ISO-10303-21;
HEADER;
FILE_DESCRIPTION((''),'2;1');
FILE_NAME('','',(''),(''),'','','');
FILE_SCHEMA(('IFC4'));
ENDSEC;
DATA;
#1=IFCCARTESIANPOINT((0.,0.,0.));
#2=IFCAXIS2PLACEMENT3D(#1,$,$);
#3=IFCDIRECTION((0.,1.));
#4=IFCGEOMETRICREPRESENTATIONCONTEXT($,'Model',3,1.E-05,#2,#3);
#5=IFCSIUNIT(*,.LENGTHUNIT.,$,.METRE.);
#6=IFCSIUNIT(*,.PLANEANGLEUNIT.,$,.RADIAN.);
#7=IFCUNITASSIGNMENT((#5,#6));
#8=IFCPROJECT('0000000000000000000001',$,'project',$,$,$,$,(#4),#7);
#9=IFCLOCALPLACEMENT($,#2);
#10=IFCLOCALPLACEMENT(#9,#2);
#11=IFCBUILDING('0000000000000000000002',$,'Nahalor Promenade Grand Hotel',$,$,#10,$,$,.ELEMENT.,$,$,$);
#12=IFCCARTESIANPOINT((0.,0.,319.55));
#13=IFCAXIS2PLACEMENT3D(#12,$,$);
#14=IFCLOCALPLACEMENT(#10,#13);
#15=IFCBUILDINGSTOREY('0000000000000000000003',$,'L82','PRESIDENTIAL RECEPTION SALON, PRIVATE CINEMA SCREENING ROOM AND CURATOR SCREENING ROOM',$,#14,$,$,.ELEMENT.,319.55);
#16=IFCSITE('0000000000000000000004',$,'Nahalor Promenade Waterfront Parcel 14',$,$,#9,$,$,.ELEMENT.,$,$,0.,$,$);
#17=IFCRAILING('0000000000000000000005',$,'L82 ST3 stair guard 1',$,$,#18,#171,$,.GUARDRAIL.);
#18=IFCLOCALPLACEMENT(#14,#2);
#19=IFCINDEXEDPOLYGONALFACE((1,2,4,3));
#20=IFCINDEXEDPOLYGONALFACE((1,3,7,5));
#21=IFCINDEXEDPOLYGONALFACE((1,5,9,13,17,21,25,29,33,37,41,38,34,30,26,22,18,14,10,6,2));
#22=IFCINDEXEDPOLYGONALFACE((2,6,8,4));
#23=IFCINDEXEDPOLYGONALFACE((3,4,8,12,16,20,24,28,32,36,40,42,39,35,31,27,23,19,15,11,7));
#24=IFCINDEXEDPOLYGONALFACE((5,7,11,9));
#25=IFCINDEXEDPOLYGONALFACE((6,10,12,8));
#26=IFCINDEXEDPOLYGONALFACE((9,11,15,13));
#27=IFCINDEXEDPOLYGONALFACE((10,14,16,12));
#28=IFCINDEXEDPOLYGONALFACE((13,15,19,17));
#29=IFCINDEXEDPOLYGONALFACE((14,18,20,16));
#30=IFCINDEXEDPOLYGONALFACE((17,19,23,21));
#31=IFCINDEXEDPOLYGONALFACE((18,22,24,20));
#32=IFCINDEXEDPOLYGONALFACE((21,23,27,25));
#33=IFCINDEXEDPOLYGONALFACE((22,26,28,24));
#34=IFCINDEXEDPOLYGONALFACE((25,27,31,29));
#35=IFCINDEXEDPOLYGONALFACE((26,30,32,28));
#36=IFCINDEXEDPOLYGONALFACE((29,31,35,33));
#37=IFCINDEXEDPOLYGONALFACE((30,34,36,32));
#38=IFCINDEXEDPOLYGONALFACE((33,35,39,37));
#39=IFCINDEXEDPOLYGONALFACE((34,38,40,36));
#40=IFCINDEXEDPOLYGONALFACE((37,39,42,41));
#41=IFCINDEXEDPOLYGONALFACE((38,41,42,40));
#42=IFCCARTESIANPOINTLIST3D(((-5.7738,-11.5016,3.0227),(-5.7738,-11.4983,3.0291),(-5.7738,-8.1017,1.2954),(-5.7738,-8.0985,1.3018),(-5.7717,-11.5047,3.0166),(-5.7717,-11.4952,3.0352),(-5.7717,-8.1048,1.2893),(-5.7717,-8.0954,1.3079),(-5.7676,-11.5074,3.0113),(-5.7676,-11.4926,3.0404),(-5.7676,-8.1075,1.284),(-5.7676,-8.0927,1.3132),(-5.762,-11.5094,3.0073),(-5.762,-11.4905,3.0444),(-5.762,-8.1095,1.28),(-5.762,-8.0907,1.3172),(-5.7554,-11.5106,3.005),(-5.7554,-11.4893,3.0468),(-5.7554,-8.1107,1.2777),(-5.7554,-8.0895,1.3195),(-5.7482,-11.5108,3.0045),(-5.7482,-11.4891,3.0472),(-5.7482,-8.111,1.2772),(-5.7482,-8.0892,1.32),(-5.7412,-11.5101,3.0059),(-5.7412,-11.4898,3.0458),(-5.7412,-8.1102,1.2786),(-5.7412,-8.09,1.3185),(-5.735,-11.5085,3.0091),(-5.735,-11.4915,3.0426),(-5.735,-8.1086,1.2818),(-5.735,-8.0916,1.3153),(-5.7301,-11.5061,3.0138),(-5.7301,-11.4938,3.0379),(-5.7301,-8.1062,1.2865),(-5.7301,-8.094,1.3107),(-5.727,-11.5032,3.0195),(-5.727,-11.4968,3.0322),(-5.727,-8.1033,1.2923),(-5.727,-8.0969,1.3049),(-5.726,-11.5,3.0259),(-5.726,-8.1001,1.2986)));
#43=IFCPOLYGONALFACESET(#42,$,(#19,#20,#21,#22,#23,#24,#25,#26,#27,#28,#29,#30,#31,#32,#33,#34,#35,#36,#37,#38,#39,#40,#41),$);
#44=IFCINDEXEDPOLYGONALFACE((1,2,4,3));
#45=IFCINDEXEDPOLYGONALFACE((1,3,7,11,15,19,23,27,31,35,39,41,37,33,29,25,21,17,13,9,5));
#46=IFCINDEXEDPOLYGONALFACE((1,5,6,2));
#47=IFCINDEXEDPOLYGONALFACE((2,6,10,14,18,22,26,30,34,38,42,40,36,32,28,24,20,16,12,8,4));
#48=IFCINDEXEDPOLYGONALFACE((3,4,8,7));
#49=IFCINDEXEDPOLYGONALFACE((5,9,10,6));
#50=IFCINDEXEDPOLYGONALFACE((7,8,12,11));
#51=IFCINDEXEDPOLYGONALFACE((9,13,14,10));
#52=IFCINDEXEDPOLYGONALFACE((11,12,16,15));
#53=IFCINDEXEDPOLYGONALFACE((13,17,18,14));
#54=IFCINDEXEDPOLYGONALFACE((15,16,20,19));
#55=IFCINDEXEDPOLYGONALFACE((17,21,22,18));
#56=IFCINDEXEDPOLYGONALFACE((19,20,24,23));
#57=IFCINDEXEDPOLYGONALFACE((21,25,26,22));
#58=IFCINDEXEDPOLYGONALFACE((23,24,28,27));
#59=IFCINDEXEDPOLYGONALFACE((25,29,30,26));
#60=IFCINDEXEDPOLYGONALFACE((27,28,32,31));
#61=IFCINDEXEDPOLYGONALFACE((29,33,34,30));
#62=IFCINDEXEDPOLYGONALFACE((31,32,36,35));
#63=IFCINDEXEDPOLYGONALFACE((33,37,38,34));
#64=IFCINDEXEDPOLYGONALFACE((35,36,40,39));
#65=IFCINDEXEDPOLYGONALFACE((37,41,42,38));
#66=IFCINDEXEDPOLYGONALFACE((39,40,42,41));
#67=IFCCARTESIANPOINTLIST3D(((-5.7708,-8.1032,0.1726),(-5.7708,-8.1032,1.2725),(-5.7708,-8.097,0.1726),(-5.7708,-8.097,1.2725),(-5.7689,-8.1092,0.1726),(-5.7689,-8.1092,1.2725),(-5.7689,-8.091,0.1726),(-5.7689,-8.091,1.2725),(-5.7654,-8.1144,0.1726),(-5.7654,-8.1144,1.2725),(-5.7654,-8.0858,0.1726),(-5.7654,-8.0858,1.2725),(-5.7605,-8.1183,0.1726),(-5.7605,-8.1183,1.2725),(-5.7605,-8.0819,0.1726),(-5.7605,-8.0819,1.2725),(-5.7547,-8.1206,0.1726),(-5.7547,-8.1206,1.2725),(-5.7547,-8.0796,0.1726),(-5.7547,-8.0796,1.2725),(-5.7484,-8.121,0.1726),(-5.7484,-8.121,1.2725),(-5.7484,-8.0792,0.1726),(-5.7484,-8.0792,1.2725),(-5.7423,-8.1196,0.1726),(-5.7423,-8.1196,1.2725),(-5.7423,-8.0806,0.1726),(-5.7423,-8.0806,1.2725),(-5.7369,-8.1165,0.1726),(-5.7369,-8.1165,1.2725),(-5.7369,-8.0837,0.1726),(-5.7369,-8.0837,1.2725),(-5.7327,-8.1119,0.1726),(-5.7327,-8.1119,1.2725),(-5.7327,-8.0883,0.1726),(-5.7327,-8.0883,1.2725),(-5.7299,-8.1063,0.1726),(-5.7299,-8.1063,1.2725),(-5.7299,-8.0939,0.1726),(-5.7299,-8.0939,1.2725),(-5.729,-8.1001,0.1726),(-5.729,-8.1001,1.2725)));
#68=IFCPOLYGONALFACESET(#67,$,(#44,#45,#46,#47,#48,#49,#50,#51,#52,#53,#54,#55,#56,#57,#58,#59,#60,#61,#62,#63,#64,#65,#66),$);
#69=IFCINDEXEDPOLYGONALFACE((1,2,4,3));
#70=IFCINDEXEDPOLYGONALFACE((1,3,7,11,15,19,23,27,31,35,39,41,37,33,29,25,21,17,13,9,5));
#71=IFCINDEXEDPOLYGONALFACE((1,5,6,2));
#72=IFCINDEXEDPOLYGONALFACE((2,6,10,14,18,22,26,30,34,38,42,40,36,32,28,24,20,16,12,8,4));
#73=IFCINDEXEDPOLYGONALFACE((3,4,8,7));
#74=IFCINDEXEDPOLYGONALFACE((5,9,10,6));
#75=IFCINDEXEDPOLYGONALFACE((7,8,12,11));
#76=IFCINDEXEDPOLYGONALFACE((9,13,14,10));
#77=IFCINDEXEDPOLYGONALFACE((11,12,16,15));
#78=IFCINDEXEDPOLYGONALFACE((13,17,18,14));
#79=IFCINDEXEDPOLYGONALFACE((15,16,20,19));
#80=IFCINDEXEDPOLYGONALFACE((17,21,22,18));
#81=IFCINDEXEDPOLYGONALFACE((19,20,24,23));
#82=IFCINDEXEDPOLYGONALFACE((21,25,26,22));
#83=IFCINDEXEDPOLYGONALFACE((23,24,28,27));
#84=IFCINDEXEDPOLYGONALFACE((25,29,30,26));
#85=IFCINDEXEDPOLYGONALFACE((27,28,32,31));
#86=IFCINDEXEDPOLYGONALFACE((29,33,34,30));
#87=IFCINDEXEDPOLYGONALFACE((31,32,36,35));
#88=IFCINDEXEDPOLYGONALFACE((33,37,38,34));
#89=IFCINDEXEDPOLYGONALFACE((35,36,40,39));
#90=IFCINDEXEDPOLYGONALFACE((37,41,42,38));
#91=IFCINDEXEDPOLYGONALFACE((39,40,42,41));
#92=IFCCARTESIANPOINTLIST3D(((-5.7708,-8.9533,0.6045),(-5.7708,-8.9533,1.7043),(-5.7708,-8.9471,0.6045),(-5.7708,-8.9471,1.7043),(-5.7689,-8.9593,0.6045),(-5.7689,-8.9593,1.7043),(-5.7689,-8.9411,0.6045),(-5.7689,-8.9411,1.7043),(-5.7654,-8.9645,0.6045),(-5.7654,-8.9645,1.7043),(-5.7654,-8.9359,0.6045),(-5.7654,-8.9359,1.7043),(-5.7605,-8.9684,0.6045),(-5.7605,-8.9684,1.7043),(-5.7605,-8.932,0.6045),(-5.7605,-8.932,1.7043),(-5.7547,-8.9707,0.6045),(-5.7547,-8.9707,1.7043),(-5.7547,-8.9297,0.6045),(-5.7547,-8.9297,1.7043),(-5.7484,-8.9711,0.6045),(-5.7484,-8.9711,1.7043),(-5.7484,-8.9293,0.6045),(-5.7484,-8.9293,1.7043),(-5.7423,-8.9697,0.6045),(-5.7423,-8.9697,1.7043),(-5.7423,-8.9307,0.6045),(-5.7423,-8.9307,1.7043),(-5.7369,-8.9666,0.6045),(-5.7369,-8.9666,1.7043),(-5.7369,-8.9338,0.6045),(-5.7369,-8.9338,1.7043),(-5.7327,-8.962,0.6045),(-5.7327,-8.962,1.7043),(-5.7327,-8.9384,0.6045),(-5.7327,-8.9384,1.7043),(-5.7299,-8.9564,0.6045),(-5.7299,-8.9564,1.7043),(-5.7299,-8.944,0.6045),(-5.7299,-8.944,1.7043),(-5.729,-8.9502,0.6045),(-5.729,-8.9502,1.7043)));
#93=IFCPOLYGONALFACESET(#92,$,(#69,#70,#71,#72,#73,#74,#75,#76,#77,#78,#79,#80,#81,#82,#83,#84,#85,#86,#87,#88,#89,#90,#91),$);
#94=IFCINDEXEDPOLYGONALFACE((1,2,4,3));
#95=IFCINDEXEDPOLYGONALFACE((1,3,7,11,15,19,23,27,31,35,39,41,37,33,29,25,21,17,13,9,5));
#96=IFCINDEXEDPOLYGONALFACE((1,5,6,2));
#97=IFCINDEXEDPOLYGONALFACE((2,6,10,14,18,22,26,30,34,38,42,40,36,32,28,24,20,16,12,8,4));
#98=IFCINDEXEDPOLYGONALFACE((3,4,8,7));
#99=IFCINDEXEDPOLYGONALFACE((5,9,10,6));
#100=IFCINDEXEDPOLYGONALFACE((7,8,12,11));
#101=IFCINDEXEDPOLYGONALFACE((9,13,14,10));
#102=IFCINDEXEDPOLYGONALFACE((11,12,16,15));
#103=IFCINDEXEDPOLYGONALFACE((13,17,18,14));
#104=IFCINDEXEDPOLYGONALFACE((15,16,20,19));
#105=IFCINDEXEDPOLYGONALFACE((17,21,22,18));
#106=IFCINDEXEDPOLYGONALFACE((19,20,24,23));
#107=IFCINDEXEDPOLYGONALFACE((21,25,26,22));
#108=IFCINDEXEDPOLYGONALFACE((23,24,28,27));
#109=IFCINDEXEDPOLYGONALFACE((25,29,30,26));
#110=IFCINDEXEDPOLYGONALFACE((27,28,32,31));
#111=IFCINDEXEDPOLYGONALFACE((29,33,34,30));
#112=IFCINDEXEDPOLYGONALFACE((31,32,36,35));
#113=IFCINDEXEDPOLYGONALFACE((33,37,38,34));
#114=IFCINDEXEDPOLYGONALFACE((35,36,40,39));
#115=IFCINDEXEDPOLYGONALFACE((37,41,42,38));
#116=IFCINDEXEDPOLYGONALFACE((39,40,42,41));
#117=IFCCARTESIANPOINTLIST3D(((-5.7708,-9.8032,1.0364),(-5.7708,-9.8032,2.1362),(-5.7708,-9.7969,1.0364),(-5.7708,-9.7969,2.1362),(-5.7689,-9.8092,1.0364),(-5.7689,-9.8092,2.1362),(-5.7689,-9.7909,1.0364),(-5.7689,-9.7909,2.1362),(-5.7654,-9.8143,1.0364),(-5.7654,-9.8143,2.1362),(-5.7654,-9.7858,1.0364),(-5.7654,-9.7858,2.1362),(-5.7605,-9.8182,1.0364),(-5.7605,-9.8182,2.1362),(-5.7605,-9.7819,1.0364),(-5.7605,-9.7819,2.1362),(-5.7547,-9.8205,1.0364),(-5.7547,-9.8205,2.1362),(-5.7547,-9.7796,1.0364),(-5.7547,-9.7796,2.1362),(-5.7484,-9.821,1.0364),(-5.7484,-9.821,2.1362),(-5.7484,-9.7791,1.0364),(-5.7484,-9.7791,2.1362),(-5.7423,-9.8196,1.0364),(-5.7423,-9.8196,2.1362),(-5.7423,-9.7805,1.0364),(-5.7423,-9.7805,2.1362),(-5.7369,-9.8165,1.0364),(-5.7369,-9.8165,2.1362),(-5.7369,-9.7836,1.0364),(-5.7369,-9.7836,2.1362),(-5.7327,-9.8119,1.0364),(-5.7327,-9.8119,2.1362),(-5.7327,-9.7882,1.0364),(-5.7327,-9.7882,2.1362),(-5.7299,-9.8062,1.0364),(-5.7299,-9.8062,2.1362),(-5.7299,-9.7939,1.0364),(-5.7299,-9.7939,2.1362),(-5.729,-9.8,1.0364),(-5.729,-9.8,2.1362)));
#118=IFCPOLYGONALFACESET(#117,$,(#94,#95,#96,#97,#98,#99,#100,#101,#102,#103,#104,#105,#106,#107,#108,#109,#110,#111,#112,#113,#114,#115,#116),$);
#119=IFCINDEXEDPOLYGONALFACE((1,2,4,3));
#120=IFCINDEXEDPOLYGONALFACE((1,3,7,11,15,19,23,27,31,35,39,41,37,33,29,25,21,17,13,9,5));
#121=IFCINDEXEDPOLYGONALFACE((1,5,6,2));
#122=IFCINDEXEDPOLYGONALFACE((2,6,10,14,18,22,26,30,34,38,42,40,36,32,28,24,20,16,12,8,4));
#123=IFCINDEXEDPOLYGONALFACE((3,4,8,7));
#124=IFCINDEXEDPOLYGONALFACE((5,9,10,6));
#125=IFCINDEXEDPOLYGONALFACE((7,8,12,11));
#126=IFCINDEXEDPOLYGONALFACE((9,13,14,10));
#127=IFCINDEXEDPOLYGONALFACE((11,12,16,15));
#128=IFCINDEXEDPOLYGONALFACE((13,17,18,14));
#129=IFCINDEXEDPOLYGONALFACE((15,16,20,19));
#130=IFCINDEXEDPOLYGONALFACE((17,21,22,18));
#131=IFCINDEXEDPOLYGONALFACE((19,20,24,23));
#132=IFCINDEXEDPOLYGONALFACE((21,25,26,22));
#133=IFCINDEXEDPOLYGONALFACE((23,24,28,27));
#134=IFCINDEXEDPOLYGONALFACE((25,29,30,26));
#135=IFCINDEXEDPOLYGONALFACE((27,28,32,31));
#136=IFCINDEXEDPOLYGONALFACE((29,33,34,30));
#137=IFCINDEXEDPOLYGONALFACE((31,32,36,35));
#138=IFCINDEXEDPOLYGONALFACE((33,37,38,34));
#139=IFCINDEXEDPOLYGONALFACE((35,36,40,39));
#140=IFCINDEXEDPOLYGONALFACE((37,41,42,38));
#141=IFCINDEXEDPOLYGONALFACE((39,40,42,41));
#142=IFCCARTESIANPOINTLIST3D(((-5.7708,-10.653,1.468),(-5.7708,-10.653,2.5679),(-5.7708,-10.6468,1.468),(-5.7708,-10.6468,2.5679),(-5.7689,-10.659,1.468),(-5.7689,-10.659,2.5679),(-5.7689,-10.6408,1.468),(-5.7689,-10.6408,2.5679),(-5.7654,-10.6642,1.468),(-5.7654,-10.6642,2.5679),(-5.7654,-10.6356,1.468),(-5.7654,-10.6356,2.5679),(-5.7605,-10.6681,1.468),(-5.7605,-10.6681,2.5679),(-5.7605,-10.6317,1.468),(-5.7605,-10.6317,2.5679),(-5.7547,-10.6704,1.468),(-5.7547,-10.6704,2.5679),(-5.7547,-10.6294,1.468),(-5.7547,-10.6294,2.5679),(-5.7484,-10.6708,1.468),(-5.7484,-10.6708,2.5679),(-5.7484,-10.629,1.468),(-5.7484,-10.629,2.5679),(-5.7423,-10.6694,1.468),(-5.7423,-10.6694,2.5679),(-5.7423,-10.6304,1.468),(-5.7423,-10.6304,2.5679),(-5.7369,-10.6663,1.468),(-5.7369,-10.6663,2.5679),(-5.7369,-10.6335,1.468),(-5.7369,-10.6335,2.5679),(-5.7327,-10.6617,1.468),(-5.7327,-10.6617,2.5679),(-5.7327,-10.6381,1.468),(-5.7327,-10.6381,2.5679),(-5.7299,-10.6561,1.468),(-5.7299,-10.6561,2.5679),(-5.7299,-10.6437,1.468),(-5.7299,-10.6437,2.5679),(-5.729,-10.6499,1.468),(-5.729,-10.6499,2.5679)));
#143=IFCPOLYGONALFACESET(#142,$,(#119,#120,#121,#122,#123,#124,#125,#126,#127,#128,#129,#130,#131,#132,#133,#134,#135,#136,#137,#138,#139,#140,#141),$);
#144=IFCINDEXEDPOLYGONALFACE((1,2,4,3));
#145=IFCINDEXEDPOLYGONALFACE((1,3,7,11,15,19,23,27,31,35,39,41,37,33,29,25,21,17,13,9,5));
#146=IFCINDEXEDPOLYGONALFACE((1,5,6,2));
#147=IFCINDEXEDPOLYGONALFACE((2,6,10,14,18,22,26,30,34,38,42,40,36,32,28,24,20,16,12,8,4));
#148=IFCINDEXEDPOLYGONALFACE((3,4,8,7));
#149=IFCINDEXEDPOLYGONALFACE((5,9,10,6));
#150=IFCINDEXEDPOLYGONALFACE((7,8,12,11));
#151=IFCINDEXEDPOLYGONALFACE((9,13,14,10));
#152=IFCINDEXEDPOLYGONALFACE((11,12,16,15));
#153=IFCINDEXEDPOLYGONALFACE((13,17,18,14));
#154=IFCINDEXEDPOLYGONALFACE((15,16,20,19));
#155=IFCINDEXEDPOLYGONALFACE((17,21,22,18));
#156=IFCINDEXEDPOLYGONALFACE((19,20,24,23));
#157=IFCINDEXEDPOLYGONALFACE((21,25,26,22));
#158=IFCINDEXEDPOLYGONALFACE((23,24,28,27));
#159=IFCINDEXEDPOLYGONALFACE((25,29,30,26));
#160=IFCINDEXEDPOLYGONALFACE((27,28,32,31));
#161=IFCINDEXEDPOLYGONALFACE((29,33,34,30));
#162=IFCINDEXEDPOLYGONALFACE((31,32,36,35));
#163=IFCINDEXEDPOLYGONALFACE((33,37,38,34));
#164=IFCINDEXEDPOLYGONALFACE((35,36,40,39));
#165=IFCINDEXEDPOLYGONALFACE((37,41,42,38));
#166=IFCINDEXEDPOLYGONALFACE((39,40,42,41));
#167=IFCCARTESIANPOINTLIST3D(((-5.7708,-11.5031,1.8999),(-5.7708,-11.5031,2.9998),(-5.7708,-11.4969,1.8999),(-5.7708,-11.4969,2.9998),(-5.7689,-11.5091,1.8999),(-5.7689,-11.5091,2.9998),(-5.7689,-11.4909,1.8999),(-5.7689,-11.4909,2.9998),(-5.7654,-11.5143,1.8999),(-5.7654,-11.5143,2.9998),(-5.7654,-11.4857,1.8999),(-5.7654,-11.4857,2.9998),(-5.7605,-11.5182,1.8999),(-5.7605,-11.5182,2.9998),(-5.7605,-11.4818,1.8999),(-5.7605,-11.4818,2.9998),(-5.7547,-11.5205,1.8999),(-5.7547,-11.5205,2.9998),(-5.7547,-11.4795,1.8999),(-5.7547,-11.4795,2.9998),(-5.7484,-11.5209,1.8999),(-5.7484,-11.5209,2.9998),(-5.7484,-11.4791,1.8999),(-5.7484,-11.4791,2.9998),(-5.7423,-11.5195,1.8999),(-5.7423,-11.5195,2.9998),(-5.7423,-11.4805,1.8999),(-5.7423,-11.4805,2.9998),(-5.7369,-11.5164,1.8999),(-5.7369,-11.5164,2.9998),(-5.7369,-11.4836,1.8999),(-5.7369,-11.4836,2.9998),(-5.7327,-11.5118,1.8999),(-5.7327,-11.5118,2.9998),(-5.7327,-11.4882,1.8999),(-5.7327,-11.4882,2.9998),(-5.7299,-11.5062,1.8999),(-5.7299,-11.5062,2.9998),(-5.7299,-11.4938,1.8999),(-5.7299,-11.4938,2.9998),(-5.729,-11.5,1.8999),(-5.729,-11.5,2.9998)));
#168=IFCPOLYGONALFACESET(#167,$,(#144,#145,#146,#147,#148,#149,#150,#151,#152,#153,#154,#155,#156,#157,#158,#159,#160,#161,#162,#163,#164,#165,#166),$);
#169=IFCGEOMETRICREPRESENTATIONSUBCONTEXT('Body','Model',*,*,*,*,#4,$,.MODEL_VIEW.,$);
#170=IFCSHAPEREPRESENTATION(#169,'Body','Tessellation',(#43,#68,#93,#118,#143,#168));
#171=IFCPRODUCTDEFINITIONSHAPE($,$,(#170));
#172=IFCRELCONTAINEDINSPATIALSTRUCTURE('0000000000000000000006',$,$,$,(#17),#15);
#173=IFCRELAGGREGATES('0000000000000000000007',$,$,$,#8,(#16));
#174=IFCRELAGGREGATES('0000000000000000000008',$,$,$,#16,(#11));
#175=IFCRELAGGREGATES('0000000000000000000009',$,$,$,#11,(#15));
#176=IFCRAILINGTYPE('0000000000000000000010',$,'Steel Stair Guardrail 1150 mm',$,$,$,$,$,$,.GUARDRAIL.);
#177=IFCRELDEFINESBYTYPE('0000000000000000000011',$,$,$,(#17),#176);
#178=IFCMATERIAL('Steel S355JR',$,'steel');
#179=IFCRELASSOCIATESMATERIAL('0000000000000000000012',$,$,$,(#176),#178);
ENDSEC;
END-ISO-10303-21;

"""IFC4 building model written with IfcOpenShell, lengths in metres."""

from ifc_helpers import new_model, si_unit, direction, frame, origin, origin_2d, place, context, subcontext, project, spatial, circle, extrude, material, type_object, element, save


model = new_model("IFC4")

# Units and contexts
model_context = context("Model", 3, precision=1e-05, world=origin(), true_north=direction((0.0, 1.0)))
body_context = subcontext(model_context, "Body", "Model", "MODEL_VIEW")
ifc_project = project(units=[si_unit("LENGTHUNIT", "METRE"), si_unit("PLANEANGLEUNIT", "RADIAN")], contexts=[model_context])

# Site, building, storey
site_placement = place(None, origin())
site = spatial("IfcSite", under=ifc_project, at=site_placement, Name="Nahalor Promenade Waterfront Parcel 14", CompositionType="ELEMENT", RefElevation=0.0)
building_placement = place(site_placement, origin())
building = spatial("IfcBuilding", under=site, at=building_placement, Name="Nahalor Promenade Grand Hotel", CompositionType="ELEMENT")
storey_placement = place(building_placement, frame((0.0, 0.0, 319.55)))
storey = spatial("IfcBuildingStorey", under=building, at=storey_placement, Name="L82", Description="PRESIDENTIAL RECEPTION SALON, PRIVATE CINEMA SCREENING ROOM AND CURATOR SCREENING ROOM", CompositionType="ELEMENT", Elevation=319.55)

# Shared definitions
ifc_material_1 = material(Name="Steel S355JR", Category="steel")

# Railing
railing_type_1 = type_object("IfcRailingType", Name="Steel Stair Guardrail 1150 mm", PredefinedType="GUARDRAIL", material=ifc_material_1)
railing_1_placement = place(storey_placement, frame((-5.75, -8.1001, 0.1726)))
element("IfcRailing", 1, at=railing_1_placement, inside=storey, type_object=railing_type_1, Name="L82 ST3 stair guard 1", PredefinedType="GUARDRAIL", context=body_context, shape_type="SweptSolid", body=[
    extrude(circle(Radius=0.024, at=origin_2d()), frame((0.0, 0.0, 1.126), z_axis=(0.0, -0.891541, 0.452941), x_axis=(1.0, 0.0, 0.0)), (0.0, 0.0, 1.0), 3.8135),
    extrude(circle(Radius=0.021, at=origin_2d()), origin(), (0.0, 0.0, 1.0), 1.0999),
    extrude(circle(Radius=0.021, at=origin_2d()), frame((0.0, -0.8501, 0.4319)), (0.0, 0.0, 1.0), 1.0999),
    extrude(circle(Radius=0.021, at=origin_2d()), frame((0.0, -1.7, 0.8638)), (0.0, 0.0, 1.0), 1.0999),
    extrude(circle(Radius=0.021, at=origin_2d()), frame((0.0, -2.5498, 1.2954)), (0.0, 0.0, 1.0), 1.0999),
    extrude(circle(Radius=0.021, at=origin_2d()), frame((0.0, -3.3999, 1.7273)), (0.0, 0.0, 1.0), 1.0999),
])

save(model, "model.ifc")
